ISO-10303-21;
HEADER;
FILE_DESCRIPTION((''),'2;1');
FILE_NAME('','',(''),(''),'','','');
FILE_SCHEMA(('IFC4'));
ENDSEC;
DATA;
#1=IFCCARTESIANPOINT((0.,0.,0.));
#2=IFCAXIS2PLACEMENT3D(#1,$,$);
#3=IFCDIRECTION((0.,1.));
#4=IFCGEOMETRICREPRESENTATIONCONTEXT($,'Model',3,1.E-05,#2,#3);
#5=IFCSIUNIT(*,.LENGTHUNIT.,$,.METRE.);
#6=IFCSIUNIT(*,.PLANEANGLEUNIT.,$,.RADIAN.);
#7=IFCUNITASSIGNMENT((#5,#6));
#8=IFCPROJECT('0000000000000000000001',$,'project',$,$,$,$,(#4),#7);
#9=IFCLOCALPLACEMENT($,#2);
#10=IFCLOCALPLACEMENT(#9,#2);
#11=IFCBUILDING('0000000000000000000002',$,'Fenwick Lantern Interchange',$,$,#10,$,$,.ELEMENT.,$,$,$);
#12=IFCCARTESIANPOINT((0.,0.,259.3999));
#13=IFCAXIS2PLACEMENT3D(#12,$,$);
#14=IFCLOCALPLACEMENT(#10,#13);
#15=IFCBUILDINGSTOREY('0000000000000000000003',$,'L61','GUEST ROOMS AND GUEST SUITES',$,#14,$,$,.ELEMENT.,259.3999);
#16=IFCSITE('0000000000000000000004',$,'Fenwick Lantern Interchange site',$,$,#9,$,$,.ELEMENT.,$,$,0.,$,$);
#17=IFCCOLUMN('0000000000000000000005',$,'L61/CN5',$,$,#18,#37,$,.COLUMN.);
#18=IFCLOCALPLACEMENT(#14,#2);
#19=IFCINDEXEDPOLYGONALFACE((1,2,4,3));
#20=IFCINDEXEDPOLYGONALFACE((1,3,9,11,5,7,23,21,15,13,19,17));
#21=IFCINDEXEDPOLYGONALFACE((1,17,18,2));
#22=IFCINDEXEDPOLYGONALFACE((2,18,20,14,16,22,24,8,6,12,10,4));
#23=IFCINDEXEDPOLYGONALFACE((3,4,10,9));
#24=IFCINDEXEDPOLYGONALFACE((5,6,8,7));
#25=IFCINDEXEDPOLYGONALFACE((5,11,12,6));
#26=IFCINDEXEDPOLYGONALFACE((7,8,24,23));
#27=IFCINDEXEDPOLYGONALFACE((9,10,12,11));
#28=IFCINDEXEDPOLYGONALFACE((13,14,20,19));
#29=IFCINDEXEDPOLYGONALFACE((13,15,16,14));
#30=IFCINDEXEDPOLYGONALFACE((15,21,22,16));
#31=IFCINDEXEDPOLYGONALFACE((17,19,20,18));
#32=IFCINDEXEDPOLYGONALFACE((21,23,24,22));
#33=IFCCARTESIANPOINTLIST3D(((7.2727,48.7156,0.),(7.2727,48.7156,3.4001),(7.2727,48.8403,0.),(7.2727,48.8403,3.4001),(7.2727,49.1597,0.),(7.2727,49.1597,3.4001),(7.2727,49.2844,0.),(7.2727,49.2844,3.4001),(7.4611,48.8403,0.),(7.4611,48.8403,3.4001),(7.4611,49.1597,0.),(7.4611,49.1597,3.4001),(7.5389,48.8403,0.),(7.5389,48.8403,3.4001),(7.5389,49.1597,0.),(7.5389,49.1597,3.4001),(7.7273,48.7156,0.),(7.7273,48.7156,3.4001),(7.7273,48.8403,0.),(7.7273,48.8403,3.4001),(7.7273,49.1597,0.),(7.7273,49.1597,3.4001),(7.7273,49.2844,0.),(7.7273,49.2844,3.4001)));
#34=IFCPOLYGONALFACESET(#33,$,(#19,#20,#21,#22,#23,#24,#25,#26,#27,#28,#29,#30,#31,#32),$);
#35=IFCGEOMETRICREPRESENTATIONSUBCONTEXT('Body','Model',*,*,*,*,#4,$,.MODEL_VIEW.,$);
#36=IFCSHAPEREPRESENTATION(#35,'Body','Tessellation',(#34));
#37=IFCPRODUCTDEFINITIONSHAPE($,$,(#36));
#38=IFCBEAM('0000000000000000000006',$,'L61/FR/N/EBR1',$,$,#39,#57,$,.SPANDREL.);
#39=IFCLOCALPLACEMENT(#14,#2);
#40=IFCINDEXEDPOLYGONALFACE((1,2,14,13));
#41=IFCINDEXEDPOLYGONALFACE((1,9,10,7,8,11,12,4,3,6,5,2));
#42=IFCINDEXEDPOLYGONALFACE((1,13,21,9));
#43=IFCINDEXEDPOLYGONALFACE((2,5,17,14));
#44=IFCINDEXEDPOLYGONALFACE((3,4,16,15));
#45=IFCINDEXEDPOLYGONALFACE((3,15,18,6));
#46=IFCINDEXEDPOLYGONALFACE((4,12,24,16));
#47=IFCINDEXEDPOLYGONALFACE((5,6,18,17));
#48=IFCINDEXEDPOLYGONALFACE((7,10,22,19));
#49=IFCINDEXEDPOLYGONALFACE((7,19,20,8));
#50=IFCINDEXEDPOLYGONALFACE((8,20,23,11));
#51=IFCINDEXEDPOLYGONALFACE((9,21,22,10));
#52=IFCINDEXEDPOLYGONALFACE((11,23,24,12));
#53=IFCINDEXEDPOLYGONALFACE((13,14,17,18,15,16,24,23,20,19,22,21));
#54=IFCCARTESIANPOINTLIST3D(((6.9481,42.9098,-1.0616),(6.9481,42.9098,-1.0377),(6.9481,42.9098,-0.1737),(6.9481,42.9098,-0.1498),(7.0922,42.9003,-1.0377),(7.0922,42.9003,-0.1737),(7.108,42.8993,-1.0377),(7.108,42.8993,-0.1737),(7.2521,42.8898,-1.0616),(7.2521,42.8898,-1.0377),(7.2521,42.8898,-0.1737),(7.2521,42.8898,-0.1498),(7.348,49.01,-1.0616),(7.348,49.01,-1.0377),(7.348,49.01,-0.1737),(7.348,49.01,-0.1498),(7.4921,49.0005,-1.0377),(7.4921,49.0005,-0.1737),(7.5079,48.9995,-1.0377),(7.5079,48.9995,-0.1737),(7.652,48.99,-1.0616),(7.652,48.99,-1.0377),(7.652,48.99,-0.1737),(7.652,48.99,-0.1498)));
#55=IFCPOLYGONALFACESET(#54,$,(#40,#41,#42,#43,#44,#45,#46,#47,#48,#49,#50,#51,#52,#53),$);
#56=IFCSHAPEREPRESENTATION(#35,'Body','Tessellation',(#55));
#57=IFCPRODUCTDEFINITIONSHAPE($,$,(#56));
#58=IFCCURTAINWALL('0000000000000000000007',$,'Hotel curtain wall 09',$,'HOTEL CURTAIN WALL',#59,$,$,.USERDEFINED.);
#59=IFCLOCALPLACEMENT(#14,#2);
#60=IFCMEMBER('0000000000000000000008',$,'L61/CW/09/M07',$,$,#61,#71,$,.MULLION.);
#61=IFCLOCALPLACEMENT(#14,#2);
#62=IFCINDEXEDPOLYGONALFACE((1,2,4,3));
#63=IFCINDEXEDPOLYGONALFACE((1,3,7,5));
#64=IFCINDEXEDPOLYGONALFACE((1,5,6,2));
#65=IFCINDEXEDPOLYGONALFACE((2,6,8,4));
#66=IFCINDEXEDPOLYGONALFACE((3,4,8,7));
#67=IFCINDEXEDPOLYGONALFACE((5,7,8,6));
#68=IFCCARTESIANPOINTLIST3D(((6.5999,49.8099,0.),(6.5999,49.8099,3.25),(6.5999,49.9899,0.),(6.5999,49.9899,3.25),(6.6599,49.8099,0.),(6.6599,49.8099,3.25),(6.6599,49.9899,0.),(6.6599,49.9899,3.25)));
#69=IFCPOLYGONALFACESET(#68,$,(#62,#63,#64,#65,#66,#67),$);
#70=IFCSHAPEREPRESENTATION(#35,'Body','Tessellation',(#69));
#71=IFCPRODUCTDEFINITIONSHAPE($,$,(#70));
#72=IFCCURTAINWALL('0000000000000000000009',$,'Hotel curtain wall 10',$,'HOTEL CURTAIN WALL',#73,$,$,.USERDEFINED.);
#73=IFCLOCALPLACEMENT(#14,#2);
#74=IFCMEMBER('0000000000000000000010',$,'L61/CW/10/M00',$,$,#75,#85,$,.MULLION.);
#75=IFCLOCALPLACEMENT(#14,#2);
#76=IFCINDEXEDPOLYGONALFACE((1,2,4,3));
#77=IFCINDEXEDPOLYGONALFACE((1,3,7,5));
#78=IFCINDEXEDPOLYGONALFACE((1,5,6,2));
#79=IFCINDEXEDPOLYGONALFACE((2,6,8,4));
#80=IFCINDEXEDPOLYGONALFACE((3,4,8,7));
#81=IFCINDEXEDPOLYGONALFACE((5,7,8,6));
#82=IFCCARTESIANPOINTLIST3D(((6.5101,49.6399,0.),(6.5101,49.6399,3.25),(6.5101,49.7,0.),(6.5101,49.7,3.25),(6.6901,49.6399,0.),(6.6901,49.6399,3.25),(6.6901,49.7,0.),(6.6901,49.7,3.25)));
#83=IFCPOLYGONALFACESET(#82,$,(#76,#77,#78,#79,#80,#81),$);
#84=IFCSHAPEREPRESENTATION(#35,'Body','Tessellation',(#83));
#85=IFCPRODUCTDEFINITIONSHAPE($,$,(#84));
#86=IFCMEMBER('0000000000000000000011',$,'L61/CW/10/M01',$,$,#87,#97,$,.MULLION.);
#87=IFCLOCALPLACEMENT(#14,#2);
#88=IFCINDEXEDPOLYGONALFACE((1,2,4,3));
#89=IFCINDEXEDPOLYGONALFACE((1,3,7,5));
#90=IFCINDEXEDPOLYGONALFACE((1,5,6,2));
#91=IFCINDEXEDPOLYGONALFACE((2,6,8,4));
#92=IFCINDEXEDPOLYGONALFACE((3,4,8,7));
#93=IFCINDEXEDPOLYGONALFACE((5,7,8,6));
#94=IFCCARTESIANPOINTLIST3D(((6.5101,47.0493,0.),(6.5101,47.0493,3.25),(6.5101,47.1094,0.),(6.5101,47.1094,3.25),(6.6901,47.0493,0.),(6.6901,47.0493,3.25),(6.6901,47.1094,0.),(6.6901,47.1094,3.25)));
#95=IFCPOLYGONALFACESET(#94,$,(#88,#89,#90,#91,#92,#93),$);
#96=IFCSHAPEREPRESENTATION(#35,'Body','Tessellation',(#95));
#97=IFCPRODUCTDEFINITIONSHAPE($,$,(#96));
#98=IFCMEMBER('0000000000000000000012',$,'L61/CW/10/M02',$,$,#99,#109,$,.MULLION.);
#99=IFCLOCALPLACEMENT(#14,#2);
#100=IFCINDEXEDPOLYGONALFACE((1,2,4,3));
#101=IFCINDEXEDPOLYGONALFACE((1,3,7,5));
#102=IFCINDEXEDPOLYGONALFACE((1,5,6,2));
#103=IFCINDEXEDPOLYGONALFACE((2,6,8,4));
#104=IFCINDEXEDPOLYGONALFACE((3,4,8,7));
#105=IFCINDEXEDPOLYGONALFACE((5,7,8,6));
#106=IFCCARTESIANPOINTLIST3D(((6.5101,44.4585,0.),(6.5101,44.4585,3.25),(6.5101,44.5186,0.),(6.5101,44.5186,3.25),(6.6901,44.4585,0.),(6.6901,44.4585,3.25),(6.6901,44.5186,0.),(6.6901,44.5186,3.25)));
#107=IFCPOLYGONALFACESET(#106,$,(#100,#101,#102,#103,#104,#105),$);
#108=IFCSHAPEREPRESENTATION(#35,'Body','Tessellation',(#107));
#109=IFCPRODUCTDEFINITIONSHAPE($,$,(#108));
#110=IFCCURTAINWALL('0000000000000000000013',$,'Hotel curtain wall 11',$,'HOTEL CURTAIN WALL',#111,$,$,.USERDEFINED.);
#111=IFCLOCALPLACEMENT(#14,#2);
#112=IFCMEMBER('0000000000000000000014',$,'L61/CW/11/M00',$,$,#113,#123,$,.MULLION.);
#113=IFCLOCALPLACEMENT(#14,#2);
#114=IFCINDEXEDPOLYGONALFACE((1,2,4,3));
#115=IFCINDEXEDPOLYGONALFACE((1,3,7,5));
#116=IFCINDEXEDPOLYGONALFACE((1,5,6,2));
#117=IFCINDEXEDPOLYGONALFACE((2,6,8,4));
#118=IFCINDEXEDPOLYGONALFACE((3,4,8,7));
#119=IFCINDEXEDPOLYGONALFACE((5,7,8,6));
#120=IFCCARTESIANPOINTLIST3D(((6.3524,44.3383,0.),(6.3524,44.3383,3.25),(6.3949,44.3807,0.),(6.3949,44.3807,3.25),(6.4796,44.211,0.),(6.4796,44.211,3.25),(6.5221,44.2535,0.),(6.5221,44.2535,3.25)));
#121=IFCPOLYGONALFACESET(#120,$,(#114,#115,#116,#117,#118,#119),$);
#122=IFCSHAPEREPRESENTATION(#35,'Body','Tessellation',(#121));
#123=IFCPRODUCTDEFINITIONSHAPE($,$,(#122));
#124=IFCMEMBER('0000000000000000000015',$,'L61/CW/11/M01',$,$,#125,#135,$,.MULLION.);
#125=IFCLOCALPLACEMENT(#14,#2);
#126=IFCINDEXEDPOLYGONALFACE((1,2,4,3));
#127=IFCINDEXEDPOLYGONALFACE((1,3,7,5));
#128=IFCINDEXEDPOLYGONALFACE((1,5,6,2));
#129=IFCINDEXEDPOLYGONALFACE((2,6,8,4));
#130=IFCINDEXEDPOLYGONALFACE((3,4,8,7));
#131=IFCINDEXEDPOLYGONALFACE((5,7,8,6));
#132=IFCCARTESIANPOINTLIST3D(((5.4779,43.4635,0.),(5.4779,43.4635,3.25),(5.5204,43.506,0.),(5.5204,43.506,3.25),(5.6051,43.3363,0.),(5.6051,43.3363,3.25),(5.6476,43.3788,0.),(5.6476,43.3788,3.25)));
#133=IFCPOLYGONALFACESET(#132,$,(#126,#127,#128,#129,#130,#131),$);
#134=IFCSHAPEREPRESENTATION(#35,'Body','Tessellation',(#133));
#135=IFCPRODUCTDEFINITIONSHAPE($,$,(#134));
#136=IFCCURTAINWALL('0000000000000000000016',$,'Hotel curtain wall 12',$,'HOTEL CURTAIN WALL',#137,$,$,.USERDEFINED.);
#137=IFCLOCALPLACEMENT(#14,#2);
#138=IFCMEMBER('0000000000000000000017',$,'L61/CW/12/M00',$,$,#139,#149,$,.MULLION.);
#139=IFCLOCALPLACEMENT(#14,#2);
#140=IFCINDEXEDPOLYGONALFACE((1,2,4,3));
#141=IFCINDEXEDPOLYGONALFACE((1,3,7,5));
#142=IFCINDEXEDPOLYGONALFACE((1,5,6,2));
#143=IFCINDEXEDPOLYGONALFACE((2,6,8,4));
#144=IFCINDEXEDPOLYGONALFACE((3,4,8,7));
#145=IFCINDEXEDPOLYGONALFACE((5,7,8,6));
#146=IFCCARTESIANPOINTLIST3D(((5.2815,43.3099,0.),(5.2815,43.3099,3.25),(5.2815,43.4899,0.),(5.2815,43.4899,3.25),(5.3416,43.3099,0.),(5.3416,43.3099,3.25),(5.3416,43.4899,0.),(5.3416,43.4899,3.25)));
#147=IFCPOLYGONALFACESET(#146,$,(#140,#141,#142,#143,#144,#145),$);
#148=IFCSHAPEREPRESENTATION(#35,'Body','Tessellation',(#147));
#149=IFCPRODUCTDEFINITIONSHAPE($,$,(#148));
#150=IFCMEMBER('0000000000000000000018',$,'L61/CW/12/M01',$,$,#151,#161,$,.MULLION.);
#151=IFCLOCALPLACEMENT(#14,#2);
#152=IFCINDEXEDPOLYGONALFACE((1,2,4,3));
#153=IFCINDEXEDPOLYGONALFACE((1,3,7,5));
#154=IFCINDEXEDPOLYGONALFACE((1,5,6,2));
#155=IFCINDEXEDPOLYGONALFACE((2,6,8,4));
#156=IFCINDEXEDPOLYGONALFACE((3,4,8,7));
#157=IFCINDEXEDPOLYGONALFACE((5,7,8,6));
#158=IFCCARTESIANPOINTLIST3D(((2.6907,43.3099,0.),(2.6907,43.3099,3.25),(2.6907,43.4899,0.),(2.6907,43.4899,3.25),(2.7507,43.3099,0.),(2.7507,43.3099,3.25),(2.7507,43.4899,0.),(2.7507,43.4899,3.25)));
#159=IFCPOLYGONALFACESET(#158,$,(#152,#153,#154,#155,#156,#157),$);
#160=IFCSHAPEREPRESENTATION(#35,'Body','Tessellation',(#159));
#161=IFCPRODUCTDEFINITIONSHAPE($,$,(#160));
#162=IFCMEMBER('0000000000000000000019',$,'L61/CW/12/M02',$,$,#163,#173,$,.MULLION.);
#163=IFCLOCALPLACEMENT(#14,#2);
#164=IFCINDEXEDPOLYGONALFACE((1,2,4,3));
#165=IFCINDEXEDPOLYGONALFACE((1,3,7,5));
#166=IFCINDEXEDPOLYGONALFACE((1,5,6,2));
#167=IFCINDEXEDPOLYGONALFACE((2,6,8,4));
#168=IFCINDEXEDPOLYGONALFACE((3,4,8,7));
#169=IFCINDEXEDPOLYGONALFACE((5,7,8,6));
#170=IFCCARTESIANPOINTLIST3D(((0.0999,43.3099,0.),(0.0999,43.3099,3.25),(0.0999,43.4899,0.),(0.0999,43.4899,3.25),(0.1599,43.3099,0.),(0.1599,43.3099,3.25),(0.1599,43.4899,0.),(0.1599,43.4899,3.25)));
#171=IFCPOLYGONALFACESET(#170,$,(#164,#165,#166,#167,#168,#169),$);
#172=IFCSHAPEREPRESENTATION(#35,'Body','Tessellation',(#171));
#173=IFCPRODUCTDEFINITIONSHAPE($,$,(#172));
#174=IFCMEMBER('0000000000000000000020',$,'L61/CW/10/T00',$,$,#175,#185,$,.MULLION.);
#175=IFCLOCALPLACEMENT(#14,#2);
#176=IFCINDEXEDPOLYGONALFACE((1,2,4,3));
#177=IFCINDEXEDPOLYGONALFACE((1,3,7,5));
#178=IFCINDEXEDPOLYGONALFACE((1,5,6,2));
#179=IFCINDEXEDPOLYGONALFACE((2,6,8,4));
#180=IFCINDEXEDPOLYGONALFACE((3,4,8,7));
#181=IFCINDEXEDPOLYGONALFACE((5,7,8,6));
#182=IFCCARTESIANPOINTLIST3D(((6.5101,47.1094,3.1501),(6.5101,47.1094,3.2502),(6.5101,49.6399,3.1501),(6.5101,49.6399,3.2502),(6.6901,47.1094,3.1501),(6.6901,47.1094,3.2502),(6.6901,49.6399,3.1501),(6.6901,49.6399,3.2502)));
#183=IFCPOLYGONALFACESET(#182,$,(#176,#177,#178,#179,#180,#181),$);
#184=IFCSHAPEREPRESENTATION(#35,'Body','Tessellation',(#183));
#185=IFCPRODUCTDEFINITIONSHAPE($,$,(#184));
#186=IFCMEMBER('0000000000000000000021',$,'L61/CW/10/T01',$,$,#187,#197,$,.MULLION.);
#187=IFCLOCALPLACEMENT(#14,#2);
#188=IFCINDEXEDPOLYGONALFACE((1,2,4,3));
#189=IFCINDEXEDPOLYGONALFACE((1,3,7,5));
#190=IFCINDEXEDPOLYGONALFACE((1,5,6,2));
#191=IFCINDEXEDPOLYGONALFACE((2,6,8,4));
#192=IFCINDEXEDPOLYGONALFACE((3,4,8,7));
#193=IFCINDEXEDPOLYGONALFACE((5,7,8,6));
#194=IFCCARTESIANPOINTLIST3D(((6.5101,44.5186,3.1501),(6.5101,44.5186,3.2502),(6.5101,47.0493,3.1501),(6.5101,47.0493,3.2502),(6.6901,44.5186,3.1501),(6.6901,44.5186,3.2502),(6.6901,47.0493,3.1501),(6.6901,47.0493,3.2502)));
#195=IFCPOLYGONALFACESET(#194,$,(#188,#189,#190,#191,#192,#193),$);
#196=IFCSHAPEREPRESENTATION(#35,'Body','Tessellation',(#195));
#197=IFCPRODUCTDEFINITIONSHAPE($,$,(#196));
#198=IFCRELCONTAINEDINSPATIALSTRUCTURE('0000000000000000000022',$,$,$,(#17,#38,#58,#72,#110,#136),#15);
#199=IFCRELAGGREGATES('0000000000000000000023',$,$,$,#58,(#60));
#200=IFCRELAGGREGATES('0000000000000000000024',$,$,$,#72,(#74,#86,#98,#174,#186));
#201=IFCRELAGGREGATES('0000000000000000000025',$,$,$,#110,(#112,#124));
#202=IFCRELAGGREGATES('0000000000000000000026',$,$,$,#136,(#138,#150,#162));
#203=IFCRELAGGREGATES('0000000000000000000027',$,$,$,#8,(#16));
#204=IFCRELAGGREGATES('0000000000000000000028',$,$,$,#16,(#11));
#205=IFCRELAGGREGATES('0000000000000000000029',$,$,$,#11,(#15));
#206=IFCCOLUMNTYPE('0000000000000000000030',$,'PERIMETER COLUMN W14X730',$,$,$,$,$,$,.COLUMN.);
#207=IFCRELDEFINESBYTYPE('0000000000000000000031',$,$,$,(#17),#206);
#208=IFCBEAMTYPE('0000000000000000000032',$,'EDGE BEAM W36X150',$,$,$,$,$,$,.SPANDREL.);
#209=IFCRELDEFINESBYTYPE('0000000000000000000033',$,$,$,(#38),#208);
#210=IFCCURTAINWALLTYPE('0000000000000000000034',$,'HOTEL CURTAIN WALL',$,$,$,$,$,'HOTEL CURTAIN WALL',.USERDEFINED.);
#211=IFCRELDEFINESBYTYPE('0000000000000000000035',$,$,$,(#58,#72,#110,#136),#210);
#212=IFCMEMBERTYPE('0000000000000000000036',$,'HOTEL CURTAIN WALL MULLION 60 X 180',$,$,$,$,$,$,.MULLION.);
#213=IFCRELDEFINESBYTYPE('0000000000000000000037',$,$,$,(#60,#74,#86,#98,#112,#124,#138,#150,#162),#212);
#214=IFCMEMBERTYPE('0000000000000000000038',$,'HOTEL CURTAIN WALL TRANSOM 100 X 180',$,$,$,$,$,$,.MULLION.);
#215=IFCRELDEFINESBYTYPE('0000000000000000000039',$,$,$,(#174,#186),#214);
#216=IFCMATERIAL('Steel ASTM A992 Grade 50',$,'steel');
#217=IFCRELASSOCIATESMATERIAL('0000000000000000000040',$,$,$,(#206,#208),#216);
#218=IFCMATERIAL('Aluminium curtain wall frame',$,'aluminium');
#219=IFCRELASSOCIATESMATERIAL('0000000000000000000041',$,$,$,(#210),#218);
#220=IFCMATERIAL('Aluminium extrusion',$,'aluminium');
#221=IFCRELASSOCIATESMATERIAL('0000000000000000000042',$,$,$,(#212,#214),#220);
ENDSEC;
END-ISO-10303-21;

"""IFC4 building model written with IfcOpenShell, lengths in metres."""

from ifc_helpers import new_model, si_unit, direction, frame, origin, origin_2d, place, context, subcontext, project, spatial, rectangle, i_section, extrude, material, material_profile, profile_set, type_object, element, aggregate, save


model = new_model("IFC4")

# Units and contexts
model_context = context("Model", 3, precision=1e-05, world=origin(), true_north=direction((0.0, 1.0)))
body_context = subcontext(model_context, "Body", "Model", "MODEL_VIEW")
ifc_project = project(units=[si_unit("LENGTHUNIT", "METRE"), si_unit("PLANEANGLEUNIT", "RADIAN")], contexts=[model_context])

# Site, building, storey
site_placement = place(None, origin())
site = spatial("IfcSite", under=ifc_project, at=site_placement, Name="Fenwick Lantern Interchange site", CompositionType="ELEMENT", RefElevation=0.0)
building_placement = place(site_placement, origin())
building = spatial("IfcBuilding", under=site, at=building_placement, Name="Fenwick Lantern Interchange", CompositionType="ELEMENT")
storey_placement = place(building_placement, frame((0.0, 0.0, 259.3999)))
storey = spatial("IfcBuildingStorey", under=building, at=storey_placement, Name="L61", Description="GUEST ROOMS AND GUEST SUITES", CompositionType="ELEMENT", Elevation=259.3999)

# Column
ifc_material_1 = material(Name="Steel ASTM A992 Grade 50", Category="steel")
ifc_material_profile_1 = material_profile(ifc_material_1, i_section(OverallWidth=0.4546, OverallDepth=0.5688, WebThickness=0.0779, FlangeThickness=0.1248, at=origin_2d()), Name="W14X730")
ifc_profile_set_1 = profile_set([ifc_material_profile_1], Name="Steel ASTM A992 Grade 50")
column_type = type_object("IfcColumnType", Name="PERIMETER COLUMN W14X730", PredefinedType="COLUMN", material=ifc_profile_set_1)
column_placement = place(storey_placement, frame((7.5, 49.0, 0.0), z_axis=(0.0, 0.0, 1.0), x_axis=(1.0, 0.0, 0.0)))
element("IfcColumn", 1, at=column_placement, inside=storey, type_object=column_type, Name="L61/CN5", PredefinedType="COLUMN", context=body_context, shape_type="SweptSolid", body=[
    extrude(i_section(OverallWidth=0.4546, OverallDepth=0.5688, WebThickness=0.0779, FlangeThickness=0.1248, at=origin_2d()), origin(), (0.0, 0.0, 1.0), 3.4001),
])

# Beam
ifc_material_profile_2 = material_profile(ifc_material_1, i_section(OverallWidth=0.3047, OverallDepth=0.9119, WebThickness=0.0159, FlangeThickness=0.0239, at=origin_2d()), Name="W36X150")
ifc_profile_set_2 = profile_set([ifc_material_profile_2], Name="Steel ASTM A992 Grade 50")
beam_type = type_object("IfcBeamType", Name="EDGE BEAM W36X150", PredefinedType="SPANDREL", material=ifc_profile_set_2)
beam_placement = place(storey_placement, frame((7.5, 49.0, -0.6057), z_axis=(-0.065416, -0.997858, 0.0), x_axis=(0.997858, -0.065416, 0.0)))
element("IfcBeam", 2, at=beam_placement, inside=storey, type_object=beam_type, Name="L61/FR/N/EBR1", PredefinedType="SPANDREL", context=body_context, shape_type="SweptSolid", body=[
    extrude(i_section(OverallWidth=0.3047, OverallDepth=0.9119, WebThickness=0.0159, FlangeThickness=0.0239, at=origin_2d()), origin(), (0.0, 0.0, 1.0), 6.1133),
])

# Curtain wall, member
ifc_material_2 = material(Name="Aluminium curtain wall frame", Category="aluminium")
curtain_wall_type = type_object("IfcCurtainWallType", Name="HOTEL CURTAIN WALL", ElementType="HOTEL CURTAIN WALL", PredefinedType="USERDEFINED", material=ifc_material_2)
curtain_wall_1_placement = place(storey_placement, origin())
curtain_wall_1 = element("IfcCurtainWall", 3, at=curtain_wall_1_placement, inside=storey, type_object=curtain_wall_type, Name="Hotel curtain wall 09", ObjectType="HOTEL CURTAIN WALL", PredefinedType="USERDEFINED")
ifc_material_3 = material(Name="Aluminium extrusion", Category="aluminium")
ifc_material_profile_3 = material_profile(ifc_material_3, rectangle(XDim=0.1799, YDim=0.0601, at=origin_2d()), Name="HOTEL CURTAIN WALL MULLION 60 X 180")
ifc_profile_set_3 = profile_set([ifc_material_profile_3], Name="Aluminium extrusion")
member_type_1 = type_object("IfcMemberType", Name="HOTEL CURTAIN WALL MULLION 60 X 180", PredefinedType="MULLION", material=ifc_profile_set_3)
member_1_placement = place(storey_placement, frame((6.6299, 49.8999, 0.0), z_axis=(0.0, 0.0, 1.0), x_axis=(0.0, -1.0, 0.0)))
member_1 = element("IfcMember", 4, at=member_1_placement, type_object=member_type_1, Name="L61/CW/09/M07", PredefinedType="MULLION", context=body_context, shape_type="SweptSolid", body=[
    extrude(rectangle(XDim=0.1799, YDim=0.0601, at=origin_2d()), origin(), (0.0, 0.0, 1.0), 3.25),
])
aggregate(curtain_wall_1, [member_1])

# Curtain walls, members
curtain_wall_2_placement = place(storey_placement, origin())
curtain_wall_2 = element("IfcCurtainWall", 5, at=curtain_wall_2_placement, inside=storey, type_object=curtain_wall_type, Name="Hotel curtain wall 10", ObjectType="HOTEL CURTAIN WALL", PredefinedType="USERDEFINED")
member_2_placement = place(storey_placement, frame((6.6001, 49.6699, 0.0), z_axis=(0.0, 0.0, 1.0), x_axis=(1.0, 0.0, 0.0)))
member_2 = element("IfcMember", 6, at=member_2_placement, type_object=member_type_1, Name="L61/CW/10/M00", PredefinedType="MULLION", context=body_context, shape_type="SweptSolid", body=[
    extrude(rectangle(XDim=0.1799, YDim=0.0601, at=origin_2d()), origin(), (0.0, 0.0, 1.0), 3.25),
])
member_3_placement = place(storey_placement, frame((6.6001, 47.0793, 0.0), z_axis=(0.0, 0.0, 1.0), x_axis=(1.0, 0.0, 0.0)))
member_3 = element("IfcMember", 7, at=member_3_placement, type_object=member_type_1, Name="L61/CW/10/M01", PredefinedType="MULLION", context=body_context, shape_type="SweptSolid", body=[
    extrude(rectangle(XDim=0.1799, YDim=0.0601, at=origin_2d()), origin(), (0.0, 0.0, 1.0), 3.25),
])
member_4_placement = place(storey_placement, frame((6.6001, 44.4885, 0.0), z_axis=(0.0, 0.0, 1.0), x_axis=(1.0, 0.0, 0.0)))
member_4 = element("IfcMember", 8, at=member_4_placement, type_object=member_type_1, Name="L61/CW/10/M02", PredefinedType="MULLION", context=body_context, shape_type="SweptSolid", body=[
    extrude(rectangle(XDim=0.1799, YDim=0.0601, at=origin_2d()), origin(), (0.0, 0.0, 1.0), 3.25),
])
curtain_wall_3_placement = place(storey_placement, origin())
curtain_wall_3 = element("IfcCurtainWall", 9, at=curtain_wall_3_placement, inside=storey, type_object=curtain_wall_type, Name="Hotel curtain wall 11", ObjectType="HOTEL CURTAIN WALL", PredefinedType="USERDEFINED")
member_5_placement = place(storey_placement, frame((6.4373, 44.2959, 0.0), z_axis=(0.0, 0.0, 1.0), x_axis=(0.707107, -0.707107, 0.0)))
member_5 = element("IfcMember", 10, at=member_5_placement, type_object=member_type_1, Name="L61/CW/11/M00", PredefinedType="MULLION", context=body_context, shape_type="SweptSolid", body=[
    extrude(rectangle(XDim=0.1799, YDim=0.0601, at=origin_2d()), origin(), (0.0, 0.0, 1.0), 3.25),
])
member_6_placement = place(storey_placement, frame((5.5627, 43.4211, 0.0), z_axis=(0.0, 0.0, 1.0), x_axis=(0.707107, -0.707107, 0.0)))
member_6 = element("IfcMember", 11, at=member_6_placement, type_object=member_type_1, Name="L61/CW/11/M01", PredefinedType="MULLION", context=body_context, shape_type="SweptSolid", body=[
    extrude(rectangle(XDim=0.1799, YDim=0.0601, at=origin_2d()), origin(), (0.0, 0.0, 1.0), 3.25),
])
curtain_wall_4_placement = place(storey_placement, origin())
curtain_wall_4 = element("IfcCurtainWall", 12, at=curtain_wall_4_placement, inside=storey, type_object=curtain_wall_type, Name="Hotel curtain wall 12", ObjectType="HOTEL CURTAIN WALL", PredefinedType="USERDEFINED")
member_7_placement = place(storey_placement, frame((5.3115, 43.3999, 0.0), z_axis=(0.0, 0.0, 1.0), x_axis=(0.0, -1.0, 0.0)))
member_7 = element("IfcMember", 13, at=member_7_placement, type_object=member_type_1, Name="L61/CW/12/M00", PredefinedType="MULLION", context=body_context, shape_type="SweptSolid", body=[
    extrude(rectangle(XDim=0.1799, YDim=0.0601, at=origin_2d()), origin(), (0.0, 0.0, 1.0), 3.25),
])
member_8_placement = place(storey_placement, frame((2.7207, 43.3999, 0.0), z_axis=(0.0, 0.0, 1.0), x_axis=(0.0, -1.0, 0.0)))
member_8 = element("IfcMember", 14, at=member_8_placement, type_object=member_type_1, Name="L61/CW/12/M01", PredefinedType="MULLION", context=body_context, shape_type="SweptSolid", body=[
    extrude(rectangle(XDim=0.1799, YDim=0.0601, at=origin_2d()), origin(), (0.0, 0.0, 1.0), 3.25),
])
member_9_placement = place(storey_placement, frame((0.1299, 43.3999, 0.0), z_axis=(0.0, 0.0, 1.0), x_axis=(0.0, -1.0, 0.0)))
member_9 = element("IfcMember", 15, at=member_9_placement, type_object=member_type_1, Name="L61/CW/12/M02", PredefinedType="MULLION", context=body_context, shape_type="SweptSolid", body=[
    extrude(rectangle(XDim=0.1799, YDim=0.0601, at=origin_2d()), origin(), (0.0, 0.0, 1.0), 3.25),
])

# Members
ifc_material_profile_4 = material_profile(ifc_material_3, rectangle(XDim=0.1799, YDim=0.1001, at=origin_2d()), Name="HOTEL CURTAIN WALL TRANSOM 100 X 180")
ifc_profile_set_4 = profile_set([ifc_material_profile_4], Name="Aluminium extrusion")
member_type_2 = type_object("IfcMemberType", Name="HOTEL CURTAIN WALL TRANSOM 100 X 180", PredefinedType="MULLION", material=ifc_profile_set_4)
member_10_placement = place(storey_placement, frame((6.6001, 49.6399, 3.2002), z_axis=(0.0, -1.0, 0.0), x_axis=(1.0, 0.0, 0.0)))
member_10 = element("IfcMember", 16, at=member_10_placement, type_object=member_type_2, Name="L61/CW/10/T00", PredefinedType="MULLION", context=body_context, shape_type="SweptSolid", body=[
    extrude(rectangle(XDim=0.1799, YDim=0.1001, at=origin_2d()), origin(), (0.0, 0.0, 1.0), 2.5305),
])
member_11_placement = place(storey_placement, frame((6.6001, 47.0493, 3.2002), z_axis=(0.0, -1.0, 0.0), x_axis=(1.0, 0.0, 0.0)))
member_11 = element("IfcMember", 17, at=member_11_placement, type_object=member_type_2, Name="L61/CW/10/T01", PredefinedType="MULLION", context=body_context, shape_type="SweptSolid", body=[
    extrude(rectangle(XDim=0.1799, YDim=0.1001, at=origin_2d()), origin(), (0.0, 0.0, 1.0), 2.5308),
])

aggregate(curtain_wall_2, [member_2, member_3, member_4, member_10, member_11])
aggregate(curtain_wall_3, [member_5, member_6])
aggregate(curtain_wall_4, [member_7, member_8, member_9])

save(model, "model.ifc")
